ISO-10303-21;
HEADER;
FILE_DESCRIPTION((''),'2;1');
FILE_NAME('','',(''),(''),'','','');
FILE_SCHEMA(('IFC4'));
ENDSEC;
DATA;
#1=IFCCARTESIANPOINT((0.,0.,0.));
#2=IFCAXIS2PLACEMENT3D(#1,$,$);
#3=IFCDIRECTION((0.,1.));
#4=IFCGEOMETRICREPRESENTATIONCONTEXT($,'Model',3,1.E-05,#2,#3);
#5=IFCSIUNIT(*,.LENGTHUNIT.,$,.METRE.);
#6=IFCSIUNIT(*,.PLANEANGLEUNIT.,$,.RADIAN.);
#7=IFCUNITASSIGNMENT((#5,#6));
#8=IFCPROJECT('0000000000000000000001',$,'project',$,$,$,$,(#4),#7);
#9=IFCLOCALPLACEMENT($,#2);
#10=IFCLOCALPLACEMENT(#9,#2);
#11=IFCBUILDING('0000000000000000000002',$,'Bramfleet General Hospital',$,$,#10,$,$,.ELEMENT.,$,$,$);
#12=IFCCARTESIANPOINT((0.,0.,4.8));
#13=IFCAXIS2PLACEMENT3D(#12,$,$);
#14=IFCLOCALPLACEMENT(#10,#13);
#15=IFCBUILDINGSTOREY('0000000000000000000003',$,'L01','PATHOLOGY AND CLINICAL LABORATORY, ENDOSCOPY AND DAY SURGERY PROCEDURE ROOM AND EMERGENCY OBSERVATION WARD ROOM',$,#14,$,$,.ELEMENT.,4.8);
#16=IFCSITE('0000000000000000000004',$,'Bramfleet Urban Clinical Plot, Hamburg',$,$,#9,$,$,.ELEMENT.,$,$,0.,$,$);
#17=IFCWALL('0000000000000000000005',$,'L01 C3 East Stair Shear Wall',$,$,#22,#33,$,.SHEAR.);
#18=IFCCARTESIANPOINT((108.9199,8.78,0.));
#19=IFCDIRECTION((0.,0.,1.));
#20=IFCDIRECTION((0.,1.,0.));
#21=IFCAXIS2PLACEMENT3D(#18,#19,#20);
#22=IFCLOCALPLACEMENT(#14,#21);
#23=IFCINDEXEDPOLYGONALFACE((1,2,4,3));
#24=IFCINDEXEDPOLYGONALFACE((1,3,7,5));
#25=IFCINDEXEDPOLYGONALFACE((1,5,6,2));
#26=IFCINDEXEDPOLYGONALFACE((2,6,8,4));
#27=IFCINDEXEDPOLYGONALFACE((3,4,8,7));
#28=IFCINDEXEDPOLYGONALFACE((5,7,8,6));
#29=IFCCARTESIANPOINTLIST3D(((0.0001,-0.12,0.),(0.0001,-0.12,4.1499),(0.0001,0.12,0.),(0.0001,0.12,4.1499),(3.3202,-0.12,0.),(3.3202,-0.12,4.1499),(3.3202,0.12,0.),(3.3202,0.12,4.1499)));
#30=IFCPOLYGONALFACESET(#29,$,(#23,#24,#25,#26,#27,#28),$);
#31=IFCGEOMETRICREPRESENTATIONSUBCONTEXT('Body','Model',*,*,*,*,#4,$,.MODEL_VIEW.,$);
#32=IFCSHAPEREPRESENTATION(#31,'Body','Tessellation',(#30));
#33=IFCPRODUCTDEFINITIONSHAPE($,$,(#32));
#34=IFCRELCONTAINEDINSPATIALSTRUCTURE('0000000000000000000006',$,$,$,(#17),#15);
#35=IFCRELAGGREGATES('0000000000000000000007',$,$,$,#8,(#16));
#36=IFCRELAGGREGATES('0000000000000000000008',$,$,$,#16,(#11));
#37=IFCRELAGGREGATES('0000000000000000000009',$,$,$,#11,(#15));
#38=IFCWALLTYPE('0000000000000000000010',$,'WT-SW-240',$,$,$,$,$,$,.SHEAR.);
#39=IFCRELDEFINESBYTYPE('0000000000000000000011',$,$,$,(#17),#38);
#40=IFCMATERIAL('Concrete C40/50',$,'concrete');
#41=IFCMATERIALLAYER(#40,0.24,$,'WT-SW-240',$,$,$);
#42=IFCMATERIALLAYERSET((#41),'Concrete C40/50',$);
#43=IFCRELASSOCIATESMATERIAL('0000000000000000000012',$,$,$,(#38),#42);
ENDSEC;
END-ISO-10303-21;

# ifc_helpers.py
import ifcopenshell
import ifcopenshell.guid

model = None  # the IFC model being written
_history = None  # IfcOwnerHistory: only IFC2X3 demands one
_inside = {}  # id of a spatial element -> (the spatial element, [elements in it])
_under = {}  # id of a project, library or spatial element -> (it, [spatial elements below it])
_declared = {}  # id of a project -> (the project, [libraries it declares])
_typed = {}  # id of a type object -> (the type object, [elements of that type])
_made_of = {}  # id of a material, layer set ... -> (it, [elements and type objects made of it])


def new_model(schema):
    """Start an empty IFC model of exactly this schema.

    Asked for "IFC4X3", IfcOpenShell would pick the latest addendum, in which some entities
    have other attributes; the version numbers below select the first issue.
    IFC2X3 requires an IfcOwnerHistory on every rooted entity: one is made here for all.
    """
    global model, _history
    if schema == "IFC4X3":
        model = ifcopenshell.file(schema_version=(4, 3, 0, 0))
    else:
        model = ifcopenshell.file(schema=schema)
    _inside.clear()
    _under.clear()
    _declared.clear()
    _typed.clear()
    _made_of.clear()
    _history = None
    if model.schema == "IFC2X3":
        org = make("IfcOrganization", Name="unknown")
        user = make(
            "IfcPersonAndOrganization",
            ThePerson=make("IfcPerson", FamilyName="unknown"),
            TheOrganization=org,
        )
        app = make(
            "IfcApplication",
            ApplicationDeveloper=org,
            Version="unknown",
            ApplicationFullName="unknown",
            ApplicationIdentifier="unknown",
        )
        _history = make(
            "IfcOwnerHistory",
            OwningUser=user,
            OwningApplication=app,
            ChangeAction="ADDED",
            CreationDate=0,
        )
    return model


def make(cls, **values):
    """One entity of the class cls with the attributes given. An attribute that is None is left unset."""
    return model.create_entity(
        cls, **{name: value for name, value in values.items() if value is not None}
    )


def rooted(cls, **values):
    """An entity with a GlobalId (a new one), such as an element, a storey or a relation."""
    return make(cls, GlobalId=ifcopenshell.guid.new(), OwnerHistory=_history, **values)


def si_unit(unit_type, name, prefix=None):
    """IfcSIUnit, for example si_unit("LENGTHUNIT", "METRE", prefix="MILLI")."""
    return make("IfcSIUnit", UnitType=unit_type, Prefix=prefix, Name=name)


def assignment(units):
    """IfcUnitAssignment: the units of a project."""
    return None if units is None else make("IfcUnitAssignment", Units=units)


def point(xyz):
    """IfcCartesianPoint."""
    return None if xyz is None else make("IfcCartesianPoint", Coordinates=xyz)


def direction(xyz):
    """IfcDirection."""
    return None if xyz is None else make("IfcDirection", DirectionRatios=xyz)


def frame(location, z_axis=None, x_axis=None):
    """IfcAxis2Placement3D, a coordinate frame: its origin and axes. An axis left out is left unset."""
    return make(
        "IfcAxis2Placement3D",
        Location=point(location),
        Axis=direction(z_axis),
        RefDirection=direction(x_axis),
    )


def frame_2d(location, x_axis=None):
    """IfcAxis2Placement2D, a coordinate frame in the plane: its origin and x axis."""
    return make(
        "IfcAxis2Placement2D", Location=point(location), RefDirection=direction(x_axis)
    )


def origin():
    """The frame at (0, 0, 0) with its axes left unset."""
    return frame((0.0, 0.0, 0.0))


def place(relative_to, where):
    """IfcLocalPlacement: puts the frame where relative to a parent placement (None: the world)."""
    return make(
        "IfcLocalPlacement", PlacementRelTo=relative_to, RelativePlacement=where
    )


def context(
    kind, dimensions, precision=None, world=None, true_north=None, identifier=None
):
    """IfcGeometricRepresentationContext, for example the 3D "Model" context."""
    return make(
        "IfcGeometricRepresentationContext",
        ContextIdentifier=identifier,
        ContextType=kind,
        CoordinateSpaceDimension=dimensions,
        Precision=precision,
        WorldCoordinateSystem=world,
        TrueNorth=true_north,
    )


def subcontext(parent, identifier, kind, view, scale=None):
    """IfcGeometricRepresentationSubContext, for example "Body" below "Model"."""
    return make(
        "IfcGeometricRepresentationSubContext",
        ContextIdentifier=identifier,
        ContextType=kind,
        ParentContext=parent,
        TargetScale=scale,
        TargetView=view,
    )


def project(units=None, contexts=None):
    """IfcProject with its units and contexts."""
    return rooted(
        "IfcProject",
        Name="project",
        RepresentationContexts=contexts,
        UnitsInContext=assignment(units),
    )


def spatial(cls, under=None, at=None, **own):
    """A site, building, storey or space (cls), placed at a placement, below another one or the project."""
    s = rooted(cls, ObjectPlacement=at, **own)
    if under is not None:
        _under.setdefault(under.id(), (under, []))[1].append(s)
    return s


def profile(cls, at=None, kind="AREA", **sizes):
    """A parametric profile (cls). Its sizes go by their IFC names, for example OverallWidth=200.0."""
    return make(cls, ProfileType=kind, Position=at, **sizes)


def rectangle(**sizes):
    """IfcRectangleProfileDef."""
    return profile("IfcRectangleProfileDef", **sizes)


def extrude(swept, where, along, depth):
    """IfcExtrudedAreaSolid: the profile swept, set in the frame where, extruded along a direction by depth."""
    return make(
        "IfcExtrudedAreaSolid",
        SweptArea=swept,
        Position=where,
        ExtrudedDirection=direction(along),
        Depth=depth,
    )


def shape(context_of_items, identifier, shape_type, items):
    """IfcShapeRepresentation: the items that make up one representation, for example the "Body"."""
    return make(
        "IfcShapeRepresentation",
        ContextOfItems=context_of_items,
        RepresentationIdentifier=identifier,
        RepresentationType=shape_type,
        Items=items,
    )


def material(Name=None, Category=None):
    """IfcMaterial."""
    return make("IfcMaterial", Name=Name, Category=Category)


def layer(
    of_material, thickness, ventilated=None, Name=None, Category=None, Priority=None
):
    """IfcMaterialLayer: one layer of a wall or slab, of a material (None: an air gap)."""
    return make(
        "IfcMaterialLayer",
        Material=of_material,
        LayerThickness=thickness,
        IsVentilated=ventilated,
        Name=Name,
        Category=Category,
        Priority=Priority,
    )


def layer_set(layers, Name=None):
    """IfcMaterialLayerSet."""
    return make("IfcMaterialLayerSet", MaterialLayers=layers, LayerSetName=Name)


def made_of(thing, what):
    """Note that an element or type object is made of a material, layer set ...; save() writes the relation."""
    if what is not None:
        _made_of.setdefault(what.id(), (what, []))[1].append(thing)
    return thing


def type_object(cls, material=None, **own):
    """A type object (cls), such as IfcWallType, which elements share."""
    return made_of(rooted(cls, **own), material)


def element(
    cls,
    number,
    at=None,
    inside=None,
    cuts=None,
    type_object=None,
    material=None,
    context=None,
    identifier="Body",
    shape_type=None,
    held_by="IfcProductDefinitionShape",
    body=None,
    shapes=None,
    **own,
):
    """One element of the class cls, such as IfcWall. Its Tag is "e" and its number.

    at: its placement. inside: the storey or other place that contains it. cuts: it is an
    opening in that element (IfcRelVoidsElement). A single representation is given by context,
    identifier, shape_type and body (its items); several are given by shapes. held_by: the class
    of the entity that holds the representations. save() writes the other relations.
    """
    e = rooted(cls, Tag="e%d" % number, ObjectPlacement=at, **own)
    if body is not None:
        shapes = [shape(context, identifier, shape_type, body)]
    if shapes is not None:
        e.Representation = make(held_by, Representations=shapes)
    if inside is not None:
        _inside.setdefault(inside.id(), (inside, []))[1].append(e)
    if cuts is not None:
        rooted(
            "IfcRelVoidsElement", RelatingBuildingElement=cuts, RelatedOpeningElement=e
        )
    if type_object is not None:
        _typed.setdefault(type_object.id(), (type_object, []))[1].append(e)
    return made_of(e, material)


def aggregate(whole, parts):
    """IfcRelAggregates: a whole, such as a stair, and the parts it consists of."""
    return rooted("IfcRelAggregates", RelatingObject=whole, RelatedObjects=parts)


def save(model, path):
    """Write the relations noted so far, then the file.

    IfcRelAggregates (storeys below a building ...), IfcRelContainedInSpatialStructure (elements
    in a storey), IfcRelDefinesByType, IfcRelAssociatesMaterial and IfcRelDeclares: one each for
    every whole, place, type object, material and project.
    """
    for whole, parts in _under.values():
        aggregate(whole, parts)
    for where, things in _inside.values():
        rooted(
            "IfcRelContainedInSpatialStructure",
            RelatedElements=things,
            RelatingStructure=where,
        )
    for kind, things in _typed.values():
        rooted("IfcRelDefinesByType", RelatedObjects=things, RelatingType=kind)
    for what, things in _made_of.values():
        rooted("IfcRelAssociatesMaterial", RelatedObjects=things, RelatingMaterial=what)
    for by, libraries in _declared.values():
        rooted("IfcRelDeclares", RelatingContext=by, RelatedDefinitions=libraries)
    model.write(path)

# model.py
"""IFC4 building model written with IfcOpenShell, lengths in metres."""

from ifc_helpers import new_model, si_unit, direction, frame, frame_2d, origin, place, context, subcontext, project, spatial, rectangle, extrude, material, layer, layer_set, type_object, element, save


model = new_model("IFC4")

# Units and contexts
model_context = context("Model", 3, precision=1e-05, world=origin(), true_north=direction((0.0, 1.0)))
body_context = subcontext(model_context, "Body", "Model", "MODEL_VIEW")
ifc_project = project(units=[si_unit("LENGTHUNIT", "METRE"), si_unit("PLANEANGLEUNIT", "RADIAN")], contexts=[model_context])

# Site, building, storey
site_placement = place(None, origin())
site = spatial("IfcSite", under=ifc_project, at=site_placement, Name="Bramfleet Urban Clinical Plot, Hamburg", CompositionType="ELEMENT", RefElevation=0.0)
building_placement = place(site_placement, origin())
building = spatial("IfcBuilding", under=site, at=building_placement, Name="Bramfleet General Hospital", CompositionType="ELEMENT")
storey_placement = place(building_placement, frame((0.0, 0.0, 4.8)))
storey = spatial("IfcBuildingStorey", under=building, at=storey_placement, Name="L01", Description="PATHOLOGY AND CLINICAL LABORATORY, ENDOSCOPY AND DAY SURGERY PROCEDURE ROOM AND EMERGENCY OBSERVATION WARD ROOM", CompositionType="ELEMENT", Elevation=4.8)

# Shared definitions
ifc_material_1 = material(Name="Concrete C40/50", Category="concrete")

# Wall
ifc_layer_1 = layer(ifc_material_1, 0.24, Name="WT-SW-240")
ifc_layer_set_1 = layer_set([ifc_layer_1], Name="Concrete C40/50")
wall_type_1 = type_object("IfcWallType", Name="WT-SW-240", PredefinedType="SHEAR", material=ifc_layer_set_1)
wall_1_placement = place(storey_placement, frame((108.9199, 8.78, 0.0), z_axis=(0.0, 0.0, 1.0), x_axis=(0.0, 1.0, 0.0)))
element("IfcWall", 1, at=wall_1_placement, inside=storey, type_object=wall_type_1, Name="L01 C3 East Stair Shear Wall", PredefinedType="SHEAR", context=body_context, shape_type="SweptSolid", body=[
    extrude(rectangle(XDim=3.3201, YDim=0.24, at=frame_2d((1.6602, 0.0))), origin(), (0.0, 0.0, 1.0), 4.1499),
])

save(model, "model.ifc")
